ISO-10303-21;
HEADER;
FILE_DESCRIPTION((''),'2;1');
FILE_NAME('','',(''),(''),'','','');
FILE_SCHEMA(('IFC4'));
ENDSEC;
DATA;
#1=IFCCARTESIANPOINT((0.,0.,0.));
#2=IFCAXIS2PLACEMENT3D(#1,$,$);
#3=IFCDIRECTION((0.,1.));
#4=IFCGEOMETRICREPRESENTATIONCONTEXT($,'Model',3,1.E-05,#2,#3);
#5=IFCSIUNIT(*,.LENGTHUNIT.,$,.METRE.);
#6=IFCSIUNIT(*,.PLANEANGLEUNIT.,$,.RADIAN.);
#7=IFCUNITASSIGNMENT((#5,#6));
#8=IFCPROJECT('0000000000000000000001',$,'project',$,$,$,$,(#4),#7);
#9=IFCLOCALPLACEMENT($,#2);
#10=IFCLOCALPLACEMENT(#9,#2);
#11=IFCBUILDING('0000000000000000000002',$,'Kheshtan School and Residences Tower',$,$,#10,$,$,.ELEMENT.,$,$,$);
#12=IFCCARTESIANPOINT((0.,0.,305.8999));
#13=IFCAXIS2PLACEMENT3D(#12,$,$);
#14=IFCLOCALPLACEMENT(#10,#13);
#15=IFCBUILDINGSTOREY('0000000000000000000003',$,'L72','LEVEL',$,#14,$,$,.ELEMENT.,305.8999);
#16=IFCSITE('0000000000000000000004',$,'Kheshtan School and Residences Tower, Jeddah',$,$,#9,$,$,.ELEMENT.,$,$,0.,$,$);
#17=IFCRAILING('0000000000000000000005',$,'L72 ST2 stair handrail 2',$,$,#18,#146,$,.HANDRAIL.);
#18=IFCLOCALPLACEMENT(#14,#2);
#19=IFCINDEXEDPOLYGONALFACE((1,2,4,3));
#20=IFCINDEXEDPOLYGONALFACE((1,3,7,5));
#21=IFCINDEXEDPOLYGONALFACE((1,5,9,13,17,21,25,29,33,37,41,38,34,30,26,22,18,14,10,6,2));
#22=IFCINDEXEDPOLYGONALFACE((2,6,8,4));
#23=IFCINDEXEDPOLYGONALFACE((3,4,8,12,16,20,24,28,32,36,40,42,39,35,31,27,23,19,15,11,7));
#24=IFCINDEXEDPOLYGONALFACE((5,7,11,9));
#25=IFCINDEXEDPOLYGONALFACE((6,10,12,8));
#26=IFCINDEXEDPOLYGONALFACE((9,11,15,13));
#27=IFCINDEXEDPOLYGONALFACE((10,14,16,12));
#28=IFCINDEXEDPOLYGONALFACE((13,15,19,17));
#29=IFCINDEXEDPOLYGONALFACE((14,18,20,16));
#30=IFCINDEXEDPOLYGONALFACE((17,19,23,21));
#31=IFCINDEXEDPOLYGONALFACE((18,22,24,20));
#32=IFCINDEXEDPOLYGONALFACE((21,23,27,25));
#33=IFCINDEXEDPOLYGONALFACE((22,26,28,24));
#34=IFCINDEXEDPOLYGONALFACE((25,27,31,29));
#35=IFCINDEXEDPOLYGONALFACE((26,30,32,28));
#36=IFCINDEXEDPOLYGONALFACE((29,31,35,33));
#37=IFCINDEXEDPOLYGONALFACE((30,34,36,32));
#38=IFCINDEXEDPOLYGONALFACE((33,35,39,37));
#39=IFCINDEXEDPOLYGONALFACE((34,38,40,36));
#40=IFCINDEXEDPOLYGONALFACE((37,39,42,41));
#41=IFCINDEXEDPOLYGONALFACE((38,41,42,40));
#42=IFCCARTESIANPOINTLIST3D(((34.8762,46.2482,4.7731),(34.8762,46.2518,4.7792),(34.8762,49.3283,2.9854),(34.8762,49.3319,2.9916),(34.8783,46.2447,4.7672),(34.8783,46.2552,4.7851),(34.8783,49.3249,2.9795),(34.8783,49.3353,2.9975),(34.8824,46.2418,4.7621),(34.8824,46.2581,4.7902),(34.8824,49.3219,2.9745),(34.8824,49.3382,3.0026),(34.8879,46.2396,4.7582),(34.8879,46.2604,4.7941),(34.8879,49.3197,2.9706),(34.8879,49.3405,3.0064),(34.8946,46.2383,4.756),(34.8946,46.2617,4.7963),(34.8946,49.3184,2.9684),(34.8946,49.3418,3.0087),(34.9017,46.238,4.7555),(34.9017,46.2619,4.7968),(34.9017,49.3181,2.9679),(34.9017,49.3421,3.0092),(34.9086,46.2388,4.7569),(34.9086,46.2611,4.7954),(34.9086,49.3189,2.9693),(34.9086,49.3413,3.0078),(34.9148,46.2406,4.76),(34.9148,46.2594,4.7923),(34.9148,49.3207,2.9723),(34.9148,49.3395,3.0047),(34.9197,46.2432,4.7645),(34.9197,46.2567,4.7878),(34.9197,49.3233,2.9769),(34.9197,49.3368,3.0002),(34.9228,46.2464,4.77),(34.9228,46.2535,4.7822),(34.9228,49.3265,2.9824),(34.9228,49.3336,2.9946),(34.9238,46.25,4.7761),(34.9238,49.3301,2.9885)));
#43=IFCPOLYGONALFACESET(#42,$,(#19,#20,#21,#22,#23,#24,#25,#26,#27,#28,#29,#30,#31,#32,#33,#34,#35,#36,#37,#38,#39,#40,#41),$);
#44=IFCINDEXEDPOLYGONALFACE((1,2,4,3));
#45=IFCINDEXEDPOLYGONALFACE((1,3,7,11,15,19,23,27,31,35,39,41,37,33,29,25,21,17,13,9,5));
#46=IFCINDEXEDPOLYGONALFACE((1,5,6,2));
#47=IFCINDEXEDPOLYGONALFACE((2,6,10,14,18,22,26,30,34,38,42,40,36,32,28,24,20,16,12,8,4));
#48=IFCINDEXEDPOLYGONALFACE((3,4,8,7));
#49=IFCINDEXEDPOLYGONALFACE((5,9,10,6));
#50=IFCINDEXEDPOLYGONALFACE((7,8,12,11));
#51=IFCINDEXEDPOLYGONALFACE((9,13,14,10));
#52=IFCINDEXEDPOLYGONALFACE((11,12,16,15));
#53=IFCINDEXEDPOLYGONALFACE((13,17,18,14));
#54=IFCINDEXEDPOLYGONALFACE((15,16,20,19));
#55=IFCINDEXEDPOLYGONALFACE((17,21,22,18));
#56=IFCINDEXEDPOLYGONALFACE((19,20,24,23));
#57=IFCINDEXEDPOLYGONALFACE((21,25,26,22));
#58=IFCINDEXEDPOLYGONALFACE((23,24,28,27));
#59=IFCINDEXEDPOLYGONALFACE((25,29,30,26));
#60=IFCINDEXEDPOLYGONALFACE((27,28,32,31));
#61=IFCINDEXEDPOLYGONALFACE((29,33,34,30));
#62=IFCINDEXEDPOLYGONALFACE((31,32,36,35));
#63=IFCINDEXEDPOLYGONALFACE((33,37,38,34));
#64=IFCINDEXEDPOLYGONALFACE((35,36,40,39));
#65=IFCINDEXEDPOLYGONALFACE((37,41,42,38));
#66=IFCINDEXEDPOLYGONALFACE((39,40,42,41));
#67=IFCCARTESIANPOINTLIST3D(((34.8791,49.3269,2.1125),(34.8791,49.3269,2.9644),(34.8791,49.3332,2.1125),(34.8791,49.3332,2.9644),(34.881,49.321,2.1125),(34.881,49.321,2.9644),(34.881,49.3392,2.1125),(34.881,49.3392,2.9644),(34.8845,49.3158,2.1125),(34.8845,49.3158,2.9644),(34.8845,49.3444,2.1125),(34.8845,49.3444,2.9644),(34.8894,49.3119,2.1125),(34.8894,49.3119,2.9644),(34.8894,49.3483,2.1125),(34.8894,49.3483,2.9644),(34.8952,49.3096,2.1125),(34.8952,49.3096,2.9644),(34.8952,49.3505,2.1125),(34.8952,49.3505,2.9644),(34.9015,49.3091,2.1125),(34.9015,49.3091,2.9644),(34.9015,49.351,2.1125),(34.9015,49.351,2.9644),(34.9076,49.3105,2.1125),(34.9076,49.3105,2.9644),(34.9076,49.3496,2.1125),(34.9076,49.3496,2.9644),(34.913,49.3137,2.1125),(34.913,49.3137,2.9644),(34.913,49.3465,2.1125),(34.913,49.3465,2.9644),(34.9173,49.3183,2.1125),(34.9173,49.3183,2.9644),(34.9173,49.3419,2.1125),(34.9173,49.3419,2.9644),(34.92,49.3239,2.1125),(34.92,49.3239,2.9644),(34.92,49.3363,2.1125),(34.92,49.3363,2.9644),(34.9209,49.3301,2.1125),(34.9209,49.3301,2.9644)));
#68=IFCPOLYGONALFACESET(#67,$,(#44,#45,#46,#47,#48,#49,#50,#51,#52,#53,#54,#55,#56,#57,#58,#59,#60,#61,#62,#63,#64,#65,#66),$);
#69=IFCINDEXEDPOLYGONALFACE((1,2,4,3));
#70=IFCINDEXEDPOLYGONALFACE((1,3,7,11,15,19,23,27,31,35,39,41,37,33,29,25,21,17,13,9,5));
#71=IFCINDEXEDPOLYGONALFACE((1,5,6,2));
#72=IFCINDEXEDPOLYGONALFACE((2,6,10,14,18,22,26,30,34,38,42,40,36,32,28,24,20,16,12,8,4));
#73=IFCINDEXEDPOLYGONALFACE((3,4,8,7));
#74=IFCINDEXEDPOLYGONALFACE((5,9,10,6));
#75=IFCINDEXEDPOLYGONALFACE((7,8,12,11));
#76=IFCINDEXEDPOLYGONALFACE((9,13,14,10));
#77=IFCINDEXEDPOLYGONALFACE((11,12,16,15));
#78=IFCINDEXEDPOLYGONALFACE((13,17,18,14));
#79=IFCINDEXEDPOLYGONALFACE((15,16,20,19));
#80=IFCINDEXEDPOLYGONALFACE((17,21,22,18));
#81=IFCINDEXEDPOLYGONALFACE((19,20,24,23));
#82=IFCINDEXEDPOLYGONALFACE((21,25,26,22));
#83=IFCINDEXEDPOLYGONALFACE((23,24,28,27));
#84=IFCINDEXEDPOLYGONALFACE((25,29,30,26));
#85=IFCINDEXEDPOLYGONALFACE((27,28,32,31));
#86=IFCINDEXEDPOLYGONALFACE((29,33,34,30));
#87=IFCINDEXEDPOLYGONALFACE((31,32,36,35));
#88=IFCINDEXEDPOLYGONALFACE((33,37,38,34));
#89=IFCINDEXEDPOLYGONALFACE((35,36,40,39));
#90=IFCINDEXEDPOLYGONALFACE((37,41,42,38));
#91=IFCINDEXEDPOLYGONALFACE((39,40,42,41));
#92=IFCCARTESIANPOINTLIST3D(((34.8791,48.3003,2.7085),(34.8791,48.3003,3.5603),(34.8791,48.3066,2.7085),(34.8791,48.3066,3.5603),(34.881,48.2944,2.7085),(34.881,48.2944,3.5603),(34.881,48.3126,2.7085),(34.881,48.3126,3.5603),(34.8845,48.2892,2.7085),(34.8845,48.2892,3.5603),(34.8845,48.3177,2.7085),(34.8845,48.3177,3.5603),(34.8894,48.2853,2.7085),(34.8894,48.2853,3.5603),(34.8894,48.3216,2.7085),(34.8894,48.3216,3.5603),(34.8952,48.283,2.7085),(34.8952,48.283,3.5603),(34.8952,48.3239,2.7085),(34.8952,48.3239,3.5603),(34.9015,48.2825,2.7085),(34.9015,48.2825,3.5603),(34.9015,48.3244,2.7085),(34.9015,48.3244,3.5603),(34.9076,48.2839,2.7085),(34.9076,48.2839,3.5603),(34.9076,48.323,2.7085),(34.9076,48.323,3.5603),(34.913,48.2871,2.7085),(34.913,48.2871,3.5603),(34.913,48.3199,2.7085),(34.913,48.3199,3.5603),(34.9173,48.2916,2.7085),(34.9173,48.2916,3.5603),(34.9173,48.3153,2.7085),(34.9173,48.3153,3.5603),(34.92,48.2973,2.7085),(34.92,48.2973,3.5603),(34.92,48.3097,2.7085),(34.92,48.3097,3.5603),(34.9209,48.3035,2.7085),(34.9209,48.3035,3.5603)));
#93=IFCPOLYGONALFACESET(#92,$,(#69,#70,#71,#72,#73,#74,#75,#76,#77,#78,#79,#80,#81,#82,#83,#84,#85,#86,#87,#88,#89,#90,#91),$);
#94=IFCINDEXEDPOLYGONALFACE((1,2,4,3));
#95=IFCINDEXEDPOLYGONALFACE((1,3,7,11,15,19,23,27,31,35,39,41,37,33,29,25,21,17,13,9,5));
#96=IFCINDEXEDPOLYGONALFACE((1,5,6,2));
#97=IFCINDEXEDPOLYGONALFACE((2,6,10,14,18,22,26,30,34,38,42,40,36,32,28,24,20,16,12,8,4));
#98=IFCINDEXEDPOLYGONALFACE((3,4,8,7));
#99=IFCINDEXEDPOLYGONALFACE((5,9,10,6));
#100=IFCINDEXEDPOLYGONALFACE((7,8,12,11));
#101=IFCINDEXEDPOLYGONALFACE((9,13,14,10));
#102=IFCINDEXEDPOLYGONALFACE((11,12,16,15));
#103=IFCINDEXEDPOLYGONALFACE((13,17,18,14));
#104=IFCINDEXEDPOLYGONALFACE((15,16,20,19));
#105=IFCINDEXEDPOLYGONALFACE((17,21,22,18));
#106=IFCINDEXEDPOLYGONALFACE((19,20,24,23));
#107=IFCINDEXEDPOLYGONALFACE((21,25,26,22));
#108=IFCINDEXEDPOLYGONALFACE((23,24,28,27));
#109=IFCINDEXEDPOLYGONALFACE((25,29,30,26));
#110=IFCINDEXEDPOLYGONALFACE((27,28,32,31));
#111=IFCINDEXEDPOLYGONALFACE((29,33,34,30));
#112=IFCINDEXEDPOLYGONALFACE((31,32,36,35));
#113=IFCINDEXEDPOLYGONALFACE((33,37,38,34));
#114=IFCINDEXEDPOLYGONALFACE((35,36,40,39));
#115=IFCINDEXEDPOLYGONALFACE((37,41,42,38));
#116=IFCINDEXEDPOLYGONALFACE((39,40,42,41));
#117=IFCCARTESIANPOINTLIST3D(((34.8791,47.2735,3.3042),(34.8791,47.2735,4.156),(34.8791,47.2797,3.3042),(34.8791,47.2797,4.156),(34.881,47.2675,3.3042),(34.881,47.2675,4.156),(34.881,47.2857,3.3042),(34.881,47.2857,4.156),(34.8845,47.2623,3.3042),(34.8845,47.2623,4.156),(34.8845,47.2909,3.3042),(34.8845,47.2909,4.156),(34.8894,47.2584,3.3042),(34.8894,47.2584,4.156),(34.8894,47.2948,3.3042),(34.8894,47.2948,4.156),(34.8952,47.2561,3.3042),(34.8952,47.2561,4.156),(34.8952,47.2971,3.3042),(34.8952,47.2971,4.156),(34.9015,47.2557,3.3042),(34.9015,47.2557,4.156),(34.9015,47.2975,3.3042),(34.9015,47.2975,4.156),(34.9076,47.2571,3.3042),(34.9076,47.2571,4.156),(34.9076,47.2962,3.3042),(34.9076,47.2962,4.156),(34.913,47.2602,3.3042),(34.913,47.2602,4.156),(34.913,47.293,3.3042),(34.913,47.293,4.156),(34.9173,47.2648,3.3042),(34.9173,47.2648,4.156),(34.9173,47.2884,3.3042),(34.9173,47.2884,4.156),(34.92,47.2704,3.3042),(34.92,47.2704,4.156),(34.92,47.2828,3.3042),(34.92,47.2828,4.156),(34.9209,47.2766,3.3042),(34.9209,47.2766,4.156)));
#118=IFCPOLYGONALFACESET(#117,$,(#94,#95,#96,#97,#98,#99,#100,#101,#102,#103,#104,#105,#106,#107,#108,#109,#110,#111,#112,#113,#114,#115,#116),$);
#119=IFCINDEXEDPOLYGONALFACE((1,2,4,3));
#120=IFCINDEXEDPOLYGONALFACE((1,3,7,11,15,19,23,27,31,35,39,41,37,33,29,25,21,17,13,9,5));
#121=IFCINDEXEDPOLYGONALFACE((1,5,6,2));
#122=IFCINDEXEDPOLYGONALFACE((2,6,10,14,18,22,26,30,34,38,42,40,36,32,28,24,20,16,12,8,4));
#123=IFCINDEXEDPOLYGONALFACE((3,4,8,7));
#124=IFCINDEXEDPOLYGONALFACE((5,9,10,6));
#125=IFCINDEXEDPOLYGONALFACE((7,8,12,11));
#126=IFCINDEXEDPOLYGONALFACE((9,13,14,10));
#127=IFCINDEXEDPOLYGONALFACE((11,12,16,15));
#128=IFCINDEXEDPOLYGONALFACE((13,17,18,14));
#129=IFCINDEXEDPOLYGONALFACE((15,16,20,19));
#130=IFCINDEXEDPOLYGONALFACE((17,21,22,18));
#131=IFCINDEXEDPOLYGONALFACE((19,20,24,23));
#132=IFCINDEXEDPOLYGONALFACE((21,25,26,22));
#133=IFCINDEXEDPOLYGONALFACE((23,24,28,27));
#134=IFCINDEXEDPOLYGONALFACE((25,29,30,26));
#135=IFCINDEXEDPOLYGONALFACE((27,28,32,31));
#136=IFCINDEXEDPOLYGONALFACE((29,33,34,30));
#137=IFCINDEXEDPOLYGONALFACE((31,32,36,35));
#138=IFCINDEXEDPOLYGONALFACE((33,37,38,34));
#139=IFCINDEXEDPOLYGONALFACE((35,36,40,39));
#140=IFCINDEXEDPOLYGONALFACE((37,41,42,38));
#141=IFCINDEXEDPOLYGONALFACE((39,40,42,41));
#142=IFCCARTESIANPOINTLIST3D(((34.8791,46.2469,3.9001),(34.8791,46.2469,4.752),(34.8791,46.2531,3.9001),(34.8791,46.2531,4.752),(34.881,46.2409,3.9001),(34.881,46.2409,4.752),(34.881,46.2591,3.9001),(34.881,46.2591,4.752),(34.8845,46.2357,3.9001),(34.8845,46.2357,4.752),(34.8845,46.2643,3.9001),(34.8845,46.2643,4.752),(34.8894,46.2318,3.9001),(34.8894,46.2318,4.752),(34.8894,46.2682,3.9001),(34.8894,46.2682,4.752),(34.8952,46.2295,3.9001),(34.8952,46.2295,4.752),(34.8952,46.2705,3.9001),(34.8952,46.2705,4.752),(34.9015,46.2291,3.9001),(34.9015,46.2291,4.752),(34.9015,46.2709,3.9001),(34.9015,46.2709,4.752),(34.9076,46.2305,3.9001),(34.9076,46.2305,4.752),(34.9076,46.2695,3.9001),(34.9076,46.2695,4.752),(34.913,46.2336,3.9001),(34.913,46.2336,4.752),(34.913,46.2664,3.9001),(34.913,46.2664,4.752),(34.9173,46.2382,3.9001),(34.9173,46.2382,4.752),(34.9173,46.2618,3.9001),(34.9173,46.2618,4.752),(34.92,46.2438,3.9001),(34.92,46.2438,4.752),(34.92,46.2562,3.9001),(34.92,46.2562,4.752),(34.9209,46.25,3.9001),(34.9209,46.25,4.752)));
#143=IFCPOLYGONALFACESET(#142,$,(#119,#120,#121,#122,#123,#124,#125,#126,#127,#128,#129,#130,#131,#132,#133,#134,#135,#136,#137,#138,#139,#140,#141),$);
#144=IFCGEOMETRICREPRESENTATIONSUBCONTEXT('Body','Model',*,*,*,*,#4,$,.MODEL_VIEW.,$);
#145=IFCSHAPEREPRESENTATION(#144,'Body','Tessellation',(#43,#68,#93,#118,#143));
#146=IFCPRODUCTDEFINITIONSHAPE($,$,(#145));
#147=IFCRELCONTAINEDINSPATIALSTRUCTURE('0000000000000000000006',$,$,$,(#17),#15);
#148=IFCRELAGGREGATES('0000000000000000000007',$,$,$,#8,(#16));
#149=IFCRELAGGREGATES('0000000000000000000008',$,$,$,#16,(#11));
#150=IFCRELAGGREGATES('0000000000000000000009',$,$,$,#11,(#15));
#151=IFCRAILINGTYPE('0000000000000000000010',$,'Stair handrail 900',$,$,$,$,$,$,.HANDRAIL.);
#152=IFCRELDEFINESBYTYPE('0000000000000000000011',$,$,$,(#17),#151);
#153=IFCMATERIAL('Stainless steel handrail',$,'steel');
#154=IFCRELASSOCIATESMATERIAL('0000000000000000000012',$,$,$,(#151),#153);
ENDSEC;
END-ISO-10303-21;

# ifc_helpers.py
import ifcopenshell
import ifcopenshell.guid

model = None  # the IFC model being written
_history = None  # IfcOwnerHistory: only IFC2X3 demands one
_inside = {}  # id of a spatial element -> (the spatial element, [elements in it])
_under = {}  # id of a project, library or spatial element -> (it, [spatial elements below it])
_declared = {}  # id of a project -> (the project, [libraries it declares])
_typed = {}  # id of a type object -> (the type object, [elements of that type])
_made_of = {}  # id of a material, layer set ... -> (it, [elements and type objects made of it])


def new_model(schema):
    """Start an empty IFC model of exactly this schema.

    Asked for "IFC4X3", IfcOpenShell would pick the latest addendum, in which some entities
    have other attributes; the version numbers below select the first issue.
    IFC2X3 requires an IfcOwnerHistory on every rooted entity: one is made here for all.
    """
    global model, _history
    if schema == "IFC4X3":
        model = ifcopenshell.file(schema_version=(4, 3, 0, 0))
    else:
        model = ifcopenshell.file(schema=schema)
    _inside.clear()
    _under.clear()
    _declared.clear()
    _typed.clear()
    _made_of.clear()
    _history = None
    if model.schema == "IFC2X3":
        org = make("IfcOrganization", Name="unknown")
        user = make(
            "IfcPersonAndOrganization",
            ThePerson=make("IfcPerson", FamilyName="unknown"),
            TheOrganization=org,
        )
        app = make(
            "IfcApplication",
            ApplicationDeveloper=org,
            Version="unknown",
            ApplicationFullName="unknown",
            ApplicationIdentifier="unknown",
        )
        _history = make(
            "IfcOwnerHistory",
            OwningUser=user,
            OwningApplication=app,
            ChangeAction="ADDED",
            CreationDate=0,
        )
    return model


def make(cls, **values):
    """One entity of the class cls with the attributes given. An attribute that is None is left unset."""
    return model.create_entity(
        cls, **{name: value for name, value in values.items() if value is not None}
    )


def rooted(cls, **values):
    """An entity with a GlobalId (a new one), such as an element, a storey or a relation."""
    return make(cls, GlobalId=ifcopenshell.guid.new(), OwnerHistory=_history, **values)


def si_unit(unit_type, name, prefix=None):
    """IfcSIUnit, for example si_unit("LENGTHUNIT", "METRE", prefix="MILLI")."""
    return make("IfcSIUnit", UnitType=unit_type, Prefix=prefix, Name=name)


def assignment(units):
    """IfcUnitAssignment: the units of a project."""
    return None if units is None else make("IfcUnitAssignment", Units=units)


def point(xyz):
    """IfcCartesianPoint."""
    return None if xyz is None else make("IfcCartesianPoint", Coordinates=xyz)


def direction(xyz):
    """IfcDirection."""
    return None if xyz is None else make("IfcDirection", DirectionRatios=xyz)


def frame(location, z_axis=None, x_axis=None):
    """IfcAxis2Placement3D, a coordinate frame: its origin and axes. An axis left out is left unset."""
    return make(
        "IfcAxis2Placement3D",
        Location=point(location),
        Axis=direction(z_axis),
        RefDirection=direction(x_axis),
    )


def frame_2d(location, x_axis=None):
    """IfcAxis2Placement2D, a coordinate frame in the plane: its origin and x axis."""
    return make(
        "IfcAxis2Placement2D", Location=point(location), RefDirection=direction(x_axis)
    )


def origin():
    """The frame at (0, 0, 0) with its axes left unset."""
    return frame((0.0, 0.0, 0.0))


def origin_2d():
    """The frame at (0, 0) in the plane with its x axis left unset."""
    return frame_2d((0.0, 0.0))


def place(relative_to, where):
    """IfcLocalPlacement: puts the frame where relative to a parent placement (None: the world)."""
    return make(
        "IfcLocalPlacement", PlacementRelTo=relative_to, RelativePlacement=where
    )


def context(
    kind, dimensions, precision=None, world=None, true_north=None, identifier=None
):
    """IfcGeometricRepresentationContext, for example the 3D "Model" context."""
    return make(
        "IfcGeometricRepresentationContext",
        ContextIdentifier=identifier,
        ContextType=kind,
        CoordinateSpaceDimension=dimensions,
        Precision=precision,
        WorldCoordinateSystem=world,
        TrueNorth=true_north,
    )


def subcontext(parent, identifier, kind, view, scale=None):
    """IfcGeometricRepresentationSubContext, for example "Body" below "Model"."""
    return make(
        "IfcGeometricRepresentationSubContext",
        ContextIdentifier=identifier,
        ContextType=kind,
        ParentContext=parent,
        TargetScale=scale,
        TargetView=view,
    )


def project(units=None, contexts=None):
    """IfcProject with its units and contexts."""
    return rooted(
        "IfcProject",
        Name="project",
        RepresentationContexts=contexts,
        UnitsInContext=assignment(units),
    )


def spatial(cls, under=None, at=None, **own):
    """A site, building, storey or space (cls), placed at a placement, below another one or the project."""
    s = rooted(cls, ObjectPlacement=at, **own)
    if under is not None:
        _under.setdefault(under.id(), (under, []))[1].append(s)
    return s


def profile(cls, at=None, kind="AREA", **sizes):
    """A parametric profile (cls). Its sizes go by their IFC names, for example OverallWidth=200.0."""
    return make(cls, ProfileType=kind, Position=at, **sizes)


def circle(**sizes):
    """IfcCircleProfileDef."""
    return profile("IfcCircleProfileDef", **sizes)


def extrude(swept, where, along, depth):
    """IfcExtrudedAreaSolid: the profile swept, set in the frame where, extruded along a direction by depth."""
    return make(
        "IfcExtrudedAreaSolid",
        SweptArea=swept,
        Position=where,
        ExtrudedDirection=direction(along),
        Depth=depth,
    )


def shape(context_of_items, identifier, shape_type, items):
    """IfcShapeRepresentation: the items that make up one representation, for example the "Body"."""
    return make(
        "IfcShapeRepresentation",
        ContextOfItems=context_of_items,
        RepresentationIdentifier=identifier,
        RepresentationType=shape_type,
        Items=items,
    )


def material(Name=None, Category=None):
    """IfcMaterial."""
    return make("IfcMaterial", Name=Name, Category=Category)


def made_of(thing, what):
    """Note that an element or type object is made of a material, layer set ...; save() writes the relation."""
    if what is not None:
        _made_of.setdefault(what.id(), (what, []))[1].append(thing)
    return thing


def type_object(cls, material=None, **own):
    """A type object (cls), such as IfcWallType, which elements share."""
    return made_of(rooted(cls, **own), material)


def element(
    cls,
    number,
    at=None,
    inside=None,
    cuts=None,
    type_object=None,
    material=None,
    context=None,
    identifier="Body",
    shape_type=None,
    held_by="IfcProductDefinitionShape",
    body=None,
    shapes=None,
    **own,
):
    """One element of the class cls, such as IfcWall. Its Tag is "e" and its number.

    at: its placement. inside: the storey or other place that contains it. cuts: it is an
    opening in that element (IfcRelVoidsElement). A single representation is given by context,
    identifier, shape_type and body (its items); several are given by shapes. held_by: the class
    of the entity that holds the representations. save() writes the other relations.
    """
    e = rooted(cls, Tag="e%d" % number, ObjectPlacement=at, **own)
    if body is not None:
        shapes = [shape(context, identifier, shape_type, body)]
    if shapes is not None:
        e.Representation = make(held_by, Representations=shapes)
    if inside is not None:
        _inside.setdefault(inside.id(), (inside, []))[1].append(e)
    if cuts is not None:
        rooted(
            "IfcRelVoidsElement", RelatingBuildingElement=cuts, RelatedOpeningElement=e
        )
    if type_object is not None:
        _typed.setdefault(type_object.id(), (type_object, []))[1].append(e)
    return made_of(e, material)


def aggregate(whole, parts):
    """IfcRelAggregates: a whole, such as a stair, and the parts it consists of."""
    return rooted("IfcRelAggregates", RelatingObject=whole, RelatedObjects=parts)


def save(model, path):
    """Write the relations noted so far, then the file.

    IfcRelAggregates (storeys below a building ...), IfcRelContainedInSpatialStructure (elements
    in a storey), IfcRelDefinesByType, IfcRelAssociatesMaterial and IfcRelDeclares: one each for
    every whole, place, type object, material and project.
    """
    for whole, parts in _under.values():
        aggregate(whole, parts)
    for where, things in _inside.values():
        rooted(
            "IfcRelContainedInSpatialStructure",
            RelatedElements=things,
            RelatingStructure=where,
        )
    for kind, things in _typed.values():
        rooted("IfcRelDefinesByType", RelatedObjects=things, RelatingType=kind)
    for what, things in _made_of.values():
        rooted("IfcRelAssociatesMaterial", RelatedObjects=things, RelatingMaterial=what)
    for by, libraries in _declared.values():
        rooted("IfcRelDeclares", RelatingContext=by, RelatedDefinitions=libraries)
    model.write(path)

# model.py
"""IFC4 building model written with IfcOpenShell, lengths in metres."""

from ifc_helpers import new_model, si_unit, direction, frame, origin, origin_2d, place, context, subcontext, project, spatial, circle, extrude, material, type_object, element, save


model = new_model("IFC4")

# Units and contexts
model_context = context("Model", 3, precision=1e-05, world=origin(), true_north=direction((0.0, 1.0)))
body_context = subcontext(model_context, "Body", "Model", "MODEL_VIEW")
ifc_project = project(units=[si_unit("LENGTHUNIT", "METRE"), si_unit("PLANEANGLEUNIT", "RADIAN")], contexts=[model_context])

# Site, building, storey
site_placement = place(None, origin())
site = spatial("IfcSite", under=ifc_project, at=site_placement, Name="Kheshtan School and Residences Tower, Jeddah", CompositionType="ELEMENT", RefElevation=0.0)
building_placement = place(site_placement, origin())
building = spatial("IfcBuilding", under=site, at=building_placement, Name="Kheshtan School and Residences Tower", CompositionType="ELEMENT")
storey_placement = place(building_placement, frame((0.0, 0.0, 305.8999)))
storey = spatial("IfcBuildingStorey", under=building, at=storey_placement, Name="L72", Description="LEVEL", CompositionType="ELEMENT", Elevation=305.8999)

# Railing
ifc_material_1 = material(Name="Stainless steel handrail", Category="steel")
railing_type_1 = type_object("IfcRailingType", Name="Stair handrail 900", PredefinedType="HANDRAIL", material=ifc_material_1)
railing_1_placement = place(storey_placement, frame((34.8999, 49.3301, 2.1125)))
element("IfcRailing", 1, at=railing_1_placement, inside=storey, type_object=railing_type_1, Name="L72 ST2 stair handrail 2", PredefinedType="HANDRAIL", context=body_context, shape_type="SweptSolid", body=[
    extrude(circle(Radius=0.0239, at=origin_2d()), frame((0.0, 0.0, 0.876), z_axis=(0.0, -0.864891, 0.50196), x_axis=(1.0, 0.0, 0.0)), (0.0, 0.0, 1.0), 3.5613),
    extrude(circle(Radius=0.021, at=origin_2d()), origin(), (0.0, 0.0, 1.0), 0.8518),
    extrude(circle(Radius=0.021, at=origin_2d()), frame((0.0, -1.0266, 0.5959)), (0.0, 0.0, 1.0), 0.8518),
    extrude(circle(Radius=0.021, at=origin_2d()), frame((0.0, -2.0535, 1.1917)), (0.0, 0.0, 1.0), 0.8518),
    extrude(circle(Radius=0.021, at=origin_2d()), frame((0.0, -3.0801, 1.7876)), (0.0, 0.0, 1.0), 0.8518),
])

save(model, "model.ifc")
